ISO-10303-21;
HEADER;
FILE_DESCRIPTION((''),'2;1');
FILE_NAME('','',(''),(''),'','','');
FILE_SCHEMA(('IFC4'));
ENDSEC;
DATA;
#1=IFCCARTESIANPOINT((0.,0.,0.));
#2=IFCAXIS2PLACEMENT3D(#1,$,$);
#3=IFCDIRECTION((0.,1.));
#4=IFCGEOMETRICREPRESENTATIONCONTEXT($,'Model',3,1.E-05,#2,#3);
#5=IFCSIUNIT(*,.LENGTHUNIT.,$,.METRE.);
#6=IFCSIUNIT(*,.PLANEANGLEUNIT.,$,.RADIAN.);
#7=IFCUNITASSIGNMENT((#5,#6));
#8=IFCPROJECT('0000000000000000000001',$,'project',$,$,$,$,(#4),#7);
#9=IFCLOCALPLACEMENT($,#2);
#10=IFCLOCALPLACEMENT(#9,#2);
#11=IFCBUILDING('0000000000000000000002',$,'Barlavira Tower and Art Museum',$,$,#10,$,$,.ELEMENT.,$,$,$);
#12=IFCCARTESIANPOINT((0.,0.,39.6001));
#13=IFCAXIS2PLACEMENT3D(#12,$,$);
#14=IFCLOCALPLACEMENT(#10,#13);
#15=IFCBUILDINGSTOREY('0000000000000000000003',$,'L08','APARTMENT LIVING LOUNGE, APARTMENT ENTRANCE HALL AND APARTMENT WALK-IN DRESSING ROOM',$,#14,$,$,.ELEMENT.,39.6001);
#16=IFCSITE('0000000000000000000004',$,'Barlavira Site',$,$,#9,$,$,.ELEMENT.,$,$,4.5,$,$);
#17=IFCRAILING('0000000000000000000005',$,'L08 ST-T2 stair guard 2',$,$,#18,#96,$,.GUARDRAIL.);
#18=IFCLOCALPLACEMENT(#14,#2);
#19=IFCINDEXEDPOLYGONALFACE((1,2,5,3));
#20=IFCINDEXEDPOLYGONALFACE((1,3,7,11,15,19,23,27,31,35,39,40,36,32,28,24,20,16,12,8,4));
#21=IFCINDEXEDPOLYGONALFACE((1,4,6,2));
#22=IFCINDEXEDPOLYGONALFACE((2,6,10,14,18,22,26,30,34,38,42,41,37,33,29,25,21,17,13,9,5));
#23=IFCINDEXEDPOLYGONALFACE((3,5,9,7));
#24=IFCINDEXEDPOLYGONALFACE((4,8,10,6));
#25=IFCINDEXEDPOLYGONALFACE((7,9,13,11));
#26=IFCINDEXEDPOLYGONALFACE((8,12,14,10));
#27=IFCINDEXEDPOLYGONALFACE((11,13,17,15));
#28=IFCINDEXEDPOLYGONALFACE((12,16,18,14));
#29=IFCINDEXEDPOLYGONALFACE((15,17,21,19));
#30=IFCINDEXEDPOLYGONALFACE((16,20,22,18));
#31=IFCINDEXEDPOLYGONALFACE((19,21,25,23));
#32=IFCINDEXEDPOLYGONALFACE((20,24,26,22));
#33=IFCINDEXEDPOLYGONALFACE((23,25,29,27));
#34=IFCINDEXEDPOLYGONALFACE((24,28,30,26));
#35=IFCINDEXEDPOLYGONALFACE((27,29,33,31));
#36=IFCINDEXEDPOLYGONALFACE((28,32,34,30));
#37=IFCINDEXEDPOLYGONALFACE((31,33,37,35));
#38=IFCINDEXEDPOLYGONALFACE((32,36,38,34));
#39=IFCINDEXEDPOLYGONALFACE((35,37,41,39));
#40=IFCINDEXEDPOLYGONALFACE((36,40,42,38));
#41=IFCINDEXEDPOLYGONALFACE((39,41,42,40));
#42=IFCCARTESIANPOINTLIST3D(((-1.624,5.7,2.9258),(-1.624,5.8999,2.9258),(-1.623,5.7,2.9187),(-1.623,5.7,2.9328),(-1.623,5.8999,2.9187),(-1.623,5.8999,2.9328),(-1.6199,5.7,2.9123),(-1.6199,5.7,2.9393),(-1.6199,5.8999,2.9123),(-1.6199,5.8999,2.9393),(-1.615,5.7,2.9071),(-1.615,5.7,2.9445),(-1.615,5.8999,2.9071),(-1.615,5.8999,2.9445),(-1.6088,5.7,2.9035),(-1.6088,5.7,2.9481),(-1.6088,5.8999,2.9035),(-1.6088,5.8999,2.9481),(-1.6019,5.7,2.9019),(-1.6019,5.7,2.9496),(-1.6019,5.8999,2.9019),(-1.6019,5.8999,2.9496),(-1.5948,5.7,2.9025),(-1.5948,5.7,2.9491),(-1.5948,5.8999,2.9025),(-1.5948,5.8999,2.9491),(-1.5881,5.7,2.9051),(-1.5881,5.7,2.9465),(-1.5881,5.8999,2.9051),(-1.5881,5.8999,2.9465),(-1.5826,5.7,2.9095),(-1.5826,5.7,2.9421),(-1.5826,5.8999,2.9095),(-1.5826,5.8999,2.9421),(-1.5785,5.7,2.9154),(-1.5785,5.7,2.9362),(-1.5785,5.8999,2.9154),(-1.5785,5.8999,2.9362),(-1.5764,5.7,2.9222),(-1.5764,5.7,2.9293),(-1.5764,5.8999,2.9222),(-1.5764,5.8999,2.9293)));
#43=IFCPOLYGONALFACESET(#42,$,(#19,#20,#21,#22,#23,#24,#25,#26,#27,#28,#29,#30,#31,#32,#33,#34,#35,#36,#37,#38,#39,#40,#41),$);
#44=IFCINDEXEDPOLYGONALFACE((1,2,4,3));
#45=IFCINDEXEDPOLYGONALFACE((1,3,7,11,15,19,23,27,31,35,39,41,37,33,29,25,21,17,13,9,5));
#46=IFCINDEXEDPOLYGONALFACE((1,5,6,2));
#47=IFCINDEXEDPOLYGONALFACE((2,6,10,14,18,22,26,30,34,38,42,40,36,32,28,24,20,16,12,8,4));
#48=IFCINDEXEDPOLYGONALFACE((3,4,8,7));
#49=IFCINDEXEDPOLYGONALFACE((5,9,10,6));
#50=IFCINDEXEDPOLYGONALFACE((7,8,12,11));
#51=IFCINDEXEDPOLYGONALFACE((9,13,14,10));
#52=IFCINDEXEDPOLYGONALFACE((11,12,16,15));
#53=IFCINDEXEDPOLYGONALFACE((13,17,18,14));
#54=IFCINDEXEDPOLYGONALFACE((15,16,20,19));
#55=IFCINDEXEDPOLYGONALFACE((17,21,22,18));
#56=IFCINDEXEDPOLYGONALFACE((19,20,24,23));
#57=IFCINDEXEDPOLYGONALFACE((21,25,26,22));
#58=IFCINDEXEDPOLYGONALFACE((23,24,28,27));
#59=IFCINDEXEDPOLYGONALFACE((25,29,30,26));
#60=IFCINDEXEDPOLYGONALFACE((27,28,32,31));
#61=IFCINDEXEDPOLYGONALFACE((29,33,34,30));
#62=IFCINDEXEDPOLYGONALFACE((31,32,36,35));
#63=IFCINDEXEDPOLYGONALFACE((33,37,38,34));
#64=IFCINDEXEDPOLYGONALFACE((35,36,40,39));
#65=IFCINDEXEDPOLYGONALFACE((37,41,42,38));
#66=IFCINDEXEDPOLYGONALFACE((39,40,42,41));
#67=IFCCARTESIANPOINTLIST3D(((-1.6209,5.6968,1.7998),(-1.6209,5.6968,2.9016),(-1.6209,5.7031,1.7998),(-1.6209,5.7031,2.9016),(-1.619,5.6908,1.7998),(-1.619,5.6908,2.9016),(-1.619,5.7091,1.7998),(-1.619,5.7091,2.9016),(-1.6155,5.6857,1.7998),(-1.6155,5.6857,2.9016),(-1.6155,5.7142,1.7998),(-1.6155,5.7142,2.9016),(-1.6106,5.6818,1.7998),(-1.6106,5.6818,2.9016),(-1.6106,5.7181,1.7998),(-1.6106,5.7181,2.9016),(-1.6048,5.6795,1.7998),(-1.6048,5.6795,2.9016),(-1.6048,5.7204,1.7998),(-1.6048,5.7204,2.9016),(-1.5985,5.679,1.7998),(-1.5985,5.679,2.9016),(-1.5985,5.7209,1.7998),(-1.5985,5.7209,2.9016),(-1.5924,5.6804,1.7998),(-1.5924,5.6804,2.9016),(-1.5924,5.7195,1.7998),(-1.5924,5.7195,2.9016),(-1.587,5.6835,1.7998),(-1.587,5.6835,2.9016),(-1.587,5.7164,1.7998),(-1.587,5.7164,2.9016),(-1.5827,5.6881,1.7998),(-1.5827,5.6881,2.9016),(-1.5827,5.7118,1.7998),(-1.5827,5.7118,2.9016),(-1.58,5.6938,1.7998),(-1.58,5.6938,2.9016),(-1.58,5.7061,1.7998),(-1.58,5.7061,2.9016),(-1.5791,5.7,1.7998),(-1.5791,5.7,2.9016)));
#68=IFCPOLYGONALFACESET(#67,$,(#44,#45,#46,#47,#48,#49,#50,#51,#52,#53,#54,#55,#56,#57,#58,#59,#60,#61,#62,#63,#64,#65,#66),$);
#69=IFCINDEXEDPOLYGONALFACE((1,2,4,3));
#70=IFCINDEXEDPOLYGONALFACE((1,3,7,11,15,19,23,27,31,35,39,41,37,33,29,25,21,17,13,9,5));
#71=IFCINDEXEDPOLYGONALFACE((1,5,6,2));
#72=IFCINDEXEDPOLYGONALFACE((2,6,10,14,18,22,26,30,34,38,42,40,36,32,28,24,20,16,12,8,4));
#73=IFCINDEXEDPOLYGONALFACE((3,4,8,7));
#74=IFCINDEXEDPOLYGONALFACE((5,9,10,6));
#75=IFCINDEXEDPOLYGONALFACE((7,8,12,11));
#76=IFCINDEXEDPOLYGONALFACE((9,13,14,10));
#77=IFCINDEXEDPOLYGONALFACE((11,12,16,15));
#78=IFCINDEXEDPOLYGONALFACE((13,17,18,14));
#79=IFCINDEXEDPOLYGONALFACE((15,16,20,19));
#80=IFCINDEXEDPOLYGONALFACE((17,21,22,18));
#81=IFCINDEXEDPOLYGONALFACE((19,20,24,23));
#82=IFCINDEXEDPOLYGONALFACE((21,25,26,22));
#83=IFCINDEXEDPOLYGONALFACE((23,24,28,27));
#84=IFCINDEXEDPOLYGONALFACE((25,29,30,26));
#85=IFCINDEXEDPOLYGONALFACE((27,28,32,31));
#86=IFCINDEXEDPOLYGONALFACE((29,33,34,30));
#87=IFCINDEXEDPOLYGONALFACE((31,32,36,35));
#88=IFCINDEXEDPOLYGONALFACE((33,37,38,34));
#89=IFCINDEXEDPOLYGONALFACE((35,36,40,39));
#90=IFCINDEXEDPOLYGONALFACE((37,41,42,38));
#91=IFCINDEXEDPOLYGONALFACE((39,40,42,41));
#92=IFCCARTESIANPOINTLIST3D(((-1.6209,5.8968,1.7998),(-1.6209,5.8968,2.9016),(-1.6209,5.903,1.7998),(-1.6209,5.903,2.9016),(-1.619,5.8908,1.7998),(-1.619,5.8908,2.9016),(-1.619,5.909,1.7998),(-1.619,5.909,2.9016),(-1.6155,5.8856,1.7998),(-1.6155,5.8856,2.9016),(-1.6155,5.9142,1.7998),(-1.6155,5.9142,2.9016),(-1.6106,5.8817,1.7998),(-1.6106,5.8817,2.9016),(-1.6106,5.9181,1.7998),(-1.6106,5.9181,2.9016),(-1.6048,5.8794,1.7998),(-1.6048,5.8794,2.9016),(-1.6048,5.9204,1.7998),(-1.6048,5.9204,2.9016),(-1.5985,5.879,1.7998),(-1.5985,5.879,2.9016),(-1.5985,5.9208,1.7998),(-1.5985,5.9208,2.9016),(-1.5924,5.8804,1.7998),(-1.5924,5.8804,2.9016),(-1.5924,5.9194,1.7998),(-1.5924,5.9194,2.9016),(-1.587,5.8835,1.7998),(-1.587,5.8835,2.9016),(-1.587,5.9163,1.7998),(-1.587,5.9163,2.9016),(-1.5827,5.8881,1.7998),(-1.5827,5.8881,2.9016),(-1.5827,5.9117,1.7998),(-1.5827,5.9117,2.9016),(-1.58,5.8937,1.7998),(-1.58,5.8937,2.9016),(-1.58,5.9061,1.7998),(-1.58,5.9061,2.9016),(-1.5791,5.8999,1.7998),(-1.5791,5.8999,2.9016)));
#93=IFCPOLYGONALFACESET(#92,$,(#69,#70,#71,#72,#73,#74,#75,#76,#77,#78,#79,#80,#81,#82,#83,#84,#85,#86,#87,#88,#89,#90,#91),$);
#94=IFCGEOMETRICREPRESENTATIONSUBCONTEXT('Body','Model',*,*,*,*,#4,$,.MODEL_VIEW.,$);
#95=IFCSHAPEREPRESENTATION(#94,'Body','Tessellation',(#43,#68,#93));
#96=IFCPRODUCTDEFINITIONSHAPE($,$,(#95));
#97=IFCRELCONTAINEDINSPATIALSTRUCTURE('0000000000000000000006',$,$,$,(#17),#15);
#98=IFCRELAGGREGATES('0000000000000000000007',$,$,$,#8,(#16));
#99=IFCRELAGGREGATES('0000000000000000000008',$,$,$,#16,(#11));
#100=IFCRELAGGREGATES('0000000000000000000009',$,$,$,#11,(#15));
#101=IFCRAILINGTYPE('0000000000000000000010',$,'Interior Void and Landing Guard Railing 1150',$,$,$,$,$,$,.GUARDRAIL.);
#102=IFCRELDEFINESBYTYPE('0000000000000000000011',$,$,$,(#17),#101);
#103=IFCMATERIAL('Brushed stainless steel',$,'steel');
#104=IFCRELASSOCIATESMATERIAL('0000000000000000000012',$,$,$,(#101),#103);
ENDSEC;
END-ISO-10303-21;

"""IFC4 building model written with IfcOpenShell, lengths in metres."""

from ifc_helpers import new_model, si_unit, direction, frame, origin, origin_2d, place, context, subcontext, project, spatial, circle, extrude, material, type_object, element, save


model = new_model("IFC4")

# Units and contexts
model_context = context("Model", 3, precision=1e-05, world=origin(), true_north=direction((0.0, 1.0)))
body_context = subcontext(model_context, "Body", "Model", "MODEL_VIEW")
ifc_project = project(units=[si_unit("LENGTHUNIT", "METRE"), si_unit("PLANEANGLEUNIT", "RADIAN")], contexts=[model_context])

# Site, building, storey
site_placement = place(None, origin())
site = spatial("IfcSite", under=ifc_project, at=site_placement, Name="Barlavira Site", CompositionType="ELEMENT", RefElevation=4.5)
building_placement = place(site_placement, origin())
building = spatial("IfcBuilding", under=site, at=building_placement, Name="Barlavira Tower and Art Museum", CompositionType="ELEMENT")
storey_placement = place(building_placement, frame((0.0, 0.0, 39.6001)))
storey = spatial("IfcBuildingStorey", under=building, at=storey_placement, Name="L08", Description="APARTMENT LIVING LOUNGE, APARTMENT ENTRANCE HALL AND APARTMENT WALK-IN DRESSING ROOM", CompositionType="ELEMENT", Elevation=39.6001)

# Shared definitions
ifc_material_1 = material(Name="Brushed stainless steel", Category="steel")

# Railing
railing_type_1 = type_object("IfcRailingType", Name="Interior Void and Landing Guard Railing 1150", PredefinedType="GUARDRAIL", material=ifc_material_1)
railing_1_placement = place(storey_placement, frame((-1.6001, 5.7, 1.7998)))
element("IfcRailing", 1, at=railing_1_placement, inside=storey, type_object=railing_type_1, Name="L08 ST-T2 stair guard 2", PredefinedType="GUARDRAIL", context=body_context, shape_type="SweptSolid", body=[
    extrude(circle(Radius=0.0239, at=origin_2d()), frame((0.0, 0.0, 1.126), z_axis=(0.0, 1.0, 0.0), x_axis=(-1.0, 0.0, 0.0)), (0.0, 0.0, 1.0), 0.2),
    extrude(circle(Radius=0.021, at=origin_2d()), origin(), (0.0, 0.0, 1.0), 1.1018),
    extrude(circle(Radius=0.021, at=origin_2d()), frame((0.0, 0.2, 0.0)), (0.0, 0.0, 1.0), 1.1018),
])

save(model, "model.ifc")
